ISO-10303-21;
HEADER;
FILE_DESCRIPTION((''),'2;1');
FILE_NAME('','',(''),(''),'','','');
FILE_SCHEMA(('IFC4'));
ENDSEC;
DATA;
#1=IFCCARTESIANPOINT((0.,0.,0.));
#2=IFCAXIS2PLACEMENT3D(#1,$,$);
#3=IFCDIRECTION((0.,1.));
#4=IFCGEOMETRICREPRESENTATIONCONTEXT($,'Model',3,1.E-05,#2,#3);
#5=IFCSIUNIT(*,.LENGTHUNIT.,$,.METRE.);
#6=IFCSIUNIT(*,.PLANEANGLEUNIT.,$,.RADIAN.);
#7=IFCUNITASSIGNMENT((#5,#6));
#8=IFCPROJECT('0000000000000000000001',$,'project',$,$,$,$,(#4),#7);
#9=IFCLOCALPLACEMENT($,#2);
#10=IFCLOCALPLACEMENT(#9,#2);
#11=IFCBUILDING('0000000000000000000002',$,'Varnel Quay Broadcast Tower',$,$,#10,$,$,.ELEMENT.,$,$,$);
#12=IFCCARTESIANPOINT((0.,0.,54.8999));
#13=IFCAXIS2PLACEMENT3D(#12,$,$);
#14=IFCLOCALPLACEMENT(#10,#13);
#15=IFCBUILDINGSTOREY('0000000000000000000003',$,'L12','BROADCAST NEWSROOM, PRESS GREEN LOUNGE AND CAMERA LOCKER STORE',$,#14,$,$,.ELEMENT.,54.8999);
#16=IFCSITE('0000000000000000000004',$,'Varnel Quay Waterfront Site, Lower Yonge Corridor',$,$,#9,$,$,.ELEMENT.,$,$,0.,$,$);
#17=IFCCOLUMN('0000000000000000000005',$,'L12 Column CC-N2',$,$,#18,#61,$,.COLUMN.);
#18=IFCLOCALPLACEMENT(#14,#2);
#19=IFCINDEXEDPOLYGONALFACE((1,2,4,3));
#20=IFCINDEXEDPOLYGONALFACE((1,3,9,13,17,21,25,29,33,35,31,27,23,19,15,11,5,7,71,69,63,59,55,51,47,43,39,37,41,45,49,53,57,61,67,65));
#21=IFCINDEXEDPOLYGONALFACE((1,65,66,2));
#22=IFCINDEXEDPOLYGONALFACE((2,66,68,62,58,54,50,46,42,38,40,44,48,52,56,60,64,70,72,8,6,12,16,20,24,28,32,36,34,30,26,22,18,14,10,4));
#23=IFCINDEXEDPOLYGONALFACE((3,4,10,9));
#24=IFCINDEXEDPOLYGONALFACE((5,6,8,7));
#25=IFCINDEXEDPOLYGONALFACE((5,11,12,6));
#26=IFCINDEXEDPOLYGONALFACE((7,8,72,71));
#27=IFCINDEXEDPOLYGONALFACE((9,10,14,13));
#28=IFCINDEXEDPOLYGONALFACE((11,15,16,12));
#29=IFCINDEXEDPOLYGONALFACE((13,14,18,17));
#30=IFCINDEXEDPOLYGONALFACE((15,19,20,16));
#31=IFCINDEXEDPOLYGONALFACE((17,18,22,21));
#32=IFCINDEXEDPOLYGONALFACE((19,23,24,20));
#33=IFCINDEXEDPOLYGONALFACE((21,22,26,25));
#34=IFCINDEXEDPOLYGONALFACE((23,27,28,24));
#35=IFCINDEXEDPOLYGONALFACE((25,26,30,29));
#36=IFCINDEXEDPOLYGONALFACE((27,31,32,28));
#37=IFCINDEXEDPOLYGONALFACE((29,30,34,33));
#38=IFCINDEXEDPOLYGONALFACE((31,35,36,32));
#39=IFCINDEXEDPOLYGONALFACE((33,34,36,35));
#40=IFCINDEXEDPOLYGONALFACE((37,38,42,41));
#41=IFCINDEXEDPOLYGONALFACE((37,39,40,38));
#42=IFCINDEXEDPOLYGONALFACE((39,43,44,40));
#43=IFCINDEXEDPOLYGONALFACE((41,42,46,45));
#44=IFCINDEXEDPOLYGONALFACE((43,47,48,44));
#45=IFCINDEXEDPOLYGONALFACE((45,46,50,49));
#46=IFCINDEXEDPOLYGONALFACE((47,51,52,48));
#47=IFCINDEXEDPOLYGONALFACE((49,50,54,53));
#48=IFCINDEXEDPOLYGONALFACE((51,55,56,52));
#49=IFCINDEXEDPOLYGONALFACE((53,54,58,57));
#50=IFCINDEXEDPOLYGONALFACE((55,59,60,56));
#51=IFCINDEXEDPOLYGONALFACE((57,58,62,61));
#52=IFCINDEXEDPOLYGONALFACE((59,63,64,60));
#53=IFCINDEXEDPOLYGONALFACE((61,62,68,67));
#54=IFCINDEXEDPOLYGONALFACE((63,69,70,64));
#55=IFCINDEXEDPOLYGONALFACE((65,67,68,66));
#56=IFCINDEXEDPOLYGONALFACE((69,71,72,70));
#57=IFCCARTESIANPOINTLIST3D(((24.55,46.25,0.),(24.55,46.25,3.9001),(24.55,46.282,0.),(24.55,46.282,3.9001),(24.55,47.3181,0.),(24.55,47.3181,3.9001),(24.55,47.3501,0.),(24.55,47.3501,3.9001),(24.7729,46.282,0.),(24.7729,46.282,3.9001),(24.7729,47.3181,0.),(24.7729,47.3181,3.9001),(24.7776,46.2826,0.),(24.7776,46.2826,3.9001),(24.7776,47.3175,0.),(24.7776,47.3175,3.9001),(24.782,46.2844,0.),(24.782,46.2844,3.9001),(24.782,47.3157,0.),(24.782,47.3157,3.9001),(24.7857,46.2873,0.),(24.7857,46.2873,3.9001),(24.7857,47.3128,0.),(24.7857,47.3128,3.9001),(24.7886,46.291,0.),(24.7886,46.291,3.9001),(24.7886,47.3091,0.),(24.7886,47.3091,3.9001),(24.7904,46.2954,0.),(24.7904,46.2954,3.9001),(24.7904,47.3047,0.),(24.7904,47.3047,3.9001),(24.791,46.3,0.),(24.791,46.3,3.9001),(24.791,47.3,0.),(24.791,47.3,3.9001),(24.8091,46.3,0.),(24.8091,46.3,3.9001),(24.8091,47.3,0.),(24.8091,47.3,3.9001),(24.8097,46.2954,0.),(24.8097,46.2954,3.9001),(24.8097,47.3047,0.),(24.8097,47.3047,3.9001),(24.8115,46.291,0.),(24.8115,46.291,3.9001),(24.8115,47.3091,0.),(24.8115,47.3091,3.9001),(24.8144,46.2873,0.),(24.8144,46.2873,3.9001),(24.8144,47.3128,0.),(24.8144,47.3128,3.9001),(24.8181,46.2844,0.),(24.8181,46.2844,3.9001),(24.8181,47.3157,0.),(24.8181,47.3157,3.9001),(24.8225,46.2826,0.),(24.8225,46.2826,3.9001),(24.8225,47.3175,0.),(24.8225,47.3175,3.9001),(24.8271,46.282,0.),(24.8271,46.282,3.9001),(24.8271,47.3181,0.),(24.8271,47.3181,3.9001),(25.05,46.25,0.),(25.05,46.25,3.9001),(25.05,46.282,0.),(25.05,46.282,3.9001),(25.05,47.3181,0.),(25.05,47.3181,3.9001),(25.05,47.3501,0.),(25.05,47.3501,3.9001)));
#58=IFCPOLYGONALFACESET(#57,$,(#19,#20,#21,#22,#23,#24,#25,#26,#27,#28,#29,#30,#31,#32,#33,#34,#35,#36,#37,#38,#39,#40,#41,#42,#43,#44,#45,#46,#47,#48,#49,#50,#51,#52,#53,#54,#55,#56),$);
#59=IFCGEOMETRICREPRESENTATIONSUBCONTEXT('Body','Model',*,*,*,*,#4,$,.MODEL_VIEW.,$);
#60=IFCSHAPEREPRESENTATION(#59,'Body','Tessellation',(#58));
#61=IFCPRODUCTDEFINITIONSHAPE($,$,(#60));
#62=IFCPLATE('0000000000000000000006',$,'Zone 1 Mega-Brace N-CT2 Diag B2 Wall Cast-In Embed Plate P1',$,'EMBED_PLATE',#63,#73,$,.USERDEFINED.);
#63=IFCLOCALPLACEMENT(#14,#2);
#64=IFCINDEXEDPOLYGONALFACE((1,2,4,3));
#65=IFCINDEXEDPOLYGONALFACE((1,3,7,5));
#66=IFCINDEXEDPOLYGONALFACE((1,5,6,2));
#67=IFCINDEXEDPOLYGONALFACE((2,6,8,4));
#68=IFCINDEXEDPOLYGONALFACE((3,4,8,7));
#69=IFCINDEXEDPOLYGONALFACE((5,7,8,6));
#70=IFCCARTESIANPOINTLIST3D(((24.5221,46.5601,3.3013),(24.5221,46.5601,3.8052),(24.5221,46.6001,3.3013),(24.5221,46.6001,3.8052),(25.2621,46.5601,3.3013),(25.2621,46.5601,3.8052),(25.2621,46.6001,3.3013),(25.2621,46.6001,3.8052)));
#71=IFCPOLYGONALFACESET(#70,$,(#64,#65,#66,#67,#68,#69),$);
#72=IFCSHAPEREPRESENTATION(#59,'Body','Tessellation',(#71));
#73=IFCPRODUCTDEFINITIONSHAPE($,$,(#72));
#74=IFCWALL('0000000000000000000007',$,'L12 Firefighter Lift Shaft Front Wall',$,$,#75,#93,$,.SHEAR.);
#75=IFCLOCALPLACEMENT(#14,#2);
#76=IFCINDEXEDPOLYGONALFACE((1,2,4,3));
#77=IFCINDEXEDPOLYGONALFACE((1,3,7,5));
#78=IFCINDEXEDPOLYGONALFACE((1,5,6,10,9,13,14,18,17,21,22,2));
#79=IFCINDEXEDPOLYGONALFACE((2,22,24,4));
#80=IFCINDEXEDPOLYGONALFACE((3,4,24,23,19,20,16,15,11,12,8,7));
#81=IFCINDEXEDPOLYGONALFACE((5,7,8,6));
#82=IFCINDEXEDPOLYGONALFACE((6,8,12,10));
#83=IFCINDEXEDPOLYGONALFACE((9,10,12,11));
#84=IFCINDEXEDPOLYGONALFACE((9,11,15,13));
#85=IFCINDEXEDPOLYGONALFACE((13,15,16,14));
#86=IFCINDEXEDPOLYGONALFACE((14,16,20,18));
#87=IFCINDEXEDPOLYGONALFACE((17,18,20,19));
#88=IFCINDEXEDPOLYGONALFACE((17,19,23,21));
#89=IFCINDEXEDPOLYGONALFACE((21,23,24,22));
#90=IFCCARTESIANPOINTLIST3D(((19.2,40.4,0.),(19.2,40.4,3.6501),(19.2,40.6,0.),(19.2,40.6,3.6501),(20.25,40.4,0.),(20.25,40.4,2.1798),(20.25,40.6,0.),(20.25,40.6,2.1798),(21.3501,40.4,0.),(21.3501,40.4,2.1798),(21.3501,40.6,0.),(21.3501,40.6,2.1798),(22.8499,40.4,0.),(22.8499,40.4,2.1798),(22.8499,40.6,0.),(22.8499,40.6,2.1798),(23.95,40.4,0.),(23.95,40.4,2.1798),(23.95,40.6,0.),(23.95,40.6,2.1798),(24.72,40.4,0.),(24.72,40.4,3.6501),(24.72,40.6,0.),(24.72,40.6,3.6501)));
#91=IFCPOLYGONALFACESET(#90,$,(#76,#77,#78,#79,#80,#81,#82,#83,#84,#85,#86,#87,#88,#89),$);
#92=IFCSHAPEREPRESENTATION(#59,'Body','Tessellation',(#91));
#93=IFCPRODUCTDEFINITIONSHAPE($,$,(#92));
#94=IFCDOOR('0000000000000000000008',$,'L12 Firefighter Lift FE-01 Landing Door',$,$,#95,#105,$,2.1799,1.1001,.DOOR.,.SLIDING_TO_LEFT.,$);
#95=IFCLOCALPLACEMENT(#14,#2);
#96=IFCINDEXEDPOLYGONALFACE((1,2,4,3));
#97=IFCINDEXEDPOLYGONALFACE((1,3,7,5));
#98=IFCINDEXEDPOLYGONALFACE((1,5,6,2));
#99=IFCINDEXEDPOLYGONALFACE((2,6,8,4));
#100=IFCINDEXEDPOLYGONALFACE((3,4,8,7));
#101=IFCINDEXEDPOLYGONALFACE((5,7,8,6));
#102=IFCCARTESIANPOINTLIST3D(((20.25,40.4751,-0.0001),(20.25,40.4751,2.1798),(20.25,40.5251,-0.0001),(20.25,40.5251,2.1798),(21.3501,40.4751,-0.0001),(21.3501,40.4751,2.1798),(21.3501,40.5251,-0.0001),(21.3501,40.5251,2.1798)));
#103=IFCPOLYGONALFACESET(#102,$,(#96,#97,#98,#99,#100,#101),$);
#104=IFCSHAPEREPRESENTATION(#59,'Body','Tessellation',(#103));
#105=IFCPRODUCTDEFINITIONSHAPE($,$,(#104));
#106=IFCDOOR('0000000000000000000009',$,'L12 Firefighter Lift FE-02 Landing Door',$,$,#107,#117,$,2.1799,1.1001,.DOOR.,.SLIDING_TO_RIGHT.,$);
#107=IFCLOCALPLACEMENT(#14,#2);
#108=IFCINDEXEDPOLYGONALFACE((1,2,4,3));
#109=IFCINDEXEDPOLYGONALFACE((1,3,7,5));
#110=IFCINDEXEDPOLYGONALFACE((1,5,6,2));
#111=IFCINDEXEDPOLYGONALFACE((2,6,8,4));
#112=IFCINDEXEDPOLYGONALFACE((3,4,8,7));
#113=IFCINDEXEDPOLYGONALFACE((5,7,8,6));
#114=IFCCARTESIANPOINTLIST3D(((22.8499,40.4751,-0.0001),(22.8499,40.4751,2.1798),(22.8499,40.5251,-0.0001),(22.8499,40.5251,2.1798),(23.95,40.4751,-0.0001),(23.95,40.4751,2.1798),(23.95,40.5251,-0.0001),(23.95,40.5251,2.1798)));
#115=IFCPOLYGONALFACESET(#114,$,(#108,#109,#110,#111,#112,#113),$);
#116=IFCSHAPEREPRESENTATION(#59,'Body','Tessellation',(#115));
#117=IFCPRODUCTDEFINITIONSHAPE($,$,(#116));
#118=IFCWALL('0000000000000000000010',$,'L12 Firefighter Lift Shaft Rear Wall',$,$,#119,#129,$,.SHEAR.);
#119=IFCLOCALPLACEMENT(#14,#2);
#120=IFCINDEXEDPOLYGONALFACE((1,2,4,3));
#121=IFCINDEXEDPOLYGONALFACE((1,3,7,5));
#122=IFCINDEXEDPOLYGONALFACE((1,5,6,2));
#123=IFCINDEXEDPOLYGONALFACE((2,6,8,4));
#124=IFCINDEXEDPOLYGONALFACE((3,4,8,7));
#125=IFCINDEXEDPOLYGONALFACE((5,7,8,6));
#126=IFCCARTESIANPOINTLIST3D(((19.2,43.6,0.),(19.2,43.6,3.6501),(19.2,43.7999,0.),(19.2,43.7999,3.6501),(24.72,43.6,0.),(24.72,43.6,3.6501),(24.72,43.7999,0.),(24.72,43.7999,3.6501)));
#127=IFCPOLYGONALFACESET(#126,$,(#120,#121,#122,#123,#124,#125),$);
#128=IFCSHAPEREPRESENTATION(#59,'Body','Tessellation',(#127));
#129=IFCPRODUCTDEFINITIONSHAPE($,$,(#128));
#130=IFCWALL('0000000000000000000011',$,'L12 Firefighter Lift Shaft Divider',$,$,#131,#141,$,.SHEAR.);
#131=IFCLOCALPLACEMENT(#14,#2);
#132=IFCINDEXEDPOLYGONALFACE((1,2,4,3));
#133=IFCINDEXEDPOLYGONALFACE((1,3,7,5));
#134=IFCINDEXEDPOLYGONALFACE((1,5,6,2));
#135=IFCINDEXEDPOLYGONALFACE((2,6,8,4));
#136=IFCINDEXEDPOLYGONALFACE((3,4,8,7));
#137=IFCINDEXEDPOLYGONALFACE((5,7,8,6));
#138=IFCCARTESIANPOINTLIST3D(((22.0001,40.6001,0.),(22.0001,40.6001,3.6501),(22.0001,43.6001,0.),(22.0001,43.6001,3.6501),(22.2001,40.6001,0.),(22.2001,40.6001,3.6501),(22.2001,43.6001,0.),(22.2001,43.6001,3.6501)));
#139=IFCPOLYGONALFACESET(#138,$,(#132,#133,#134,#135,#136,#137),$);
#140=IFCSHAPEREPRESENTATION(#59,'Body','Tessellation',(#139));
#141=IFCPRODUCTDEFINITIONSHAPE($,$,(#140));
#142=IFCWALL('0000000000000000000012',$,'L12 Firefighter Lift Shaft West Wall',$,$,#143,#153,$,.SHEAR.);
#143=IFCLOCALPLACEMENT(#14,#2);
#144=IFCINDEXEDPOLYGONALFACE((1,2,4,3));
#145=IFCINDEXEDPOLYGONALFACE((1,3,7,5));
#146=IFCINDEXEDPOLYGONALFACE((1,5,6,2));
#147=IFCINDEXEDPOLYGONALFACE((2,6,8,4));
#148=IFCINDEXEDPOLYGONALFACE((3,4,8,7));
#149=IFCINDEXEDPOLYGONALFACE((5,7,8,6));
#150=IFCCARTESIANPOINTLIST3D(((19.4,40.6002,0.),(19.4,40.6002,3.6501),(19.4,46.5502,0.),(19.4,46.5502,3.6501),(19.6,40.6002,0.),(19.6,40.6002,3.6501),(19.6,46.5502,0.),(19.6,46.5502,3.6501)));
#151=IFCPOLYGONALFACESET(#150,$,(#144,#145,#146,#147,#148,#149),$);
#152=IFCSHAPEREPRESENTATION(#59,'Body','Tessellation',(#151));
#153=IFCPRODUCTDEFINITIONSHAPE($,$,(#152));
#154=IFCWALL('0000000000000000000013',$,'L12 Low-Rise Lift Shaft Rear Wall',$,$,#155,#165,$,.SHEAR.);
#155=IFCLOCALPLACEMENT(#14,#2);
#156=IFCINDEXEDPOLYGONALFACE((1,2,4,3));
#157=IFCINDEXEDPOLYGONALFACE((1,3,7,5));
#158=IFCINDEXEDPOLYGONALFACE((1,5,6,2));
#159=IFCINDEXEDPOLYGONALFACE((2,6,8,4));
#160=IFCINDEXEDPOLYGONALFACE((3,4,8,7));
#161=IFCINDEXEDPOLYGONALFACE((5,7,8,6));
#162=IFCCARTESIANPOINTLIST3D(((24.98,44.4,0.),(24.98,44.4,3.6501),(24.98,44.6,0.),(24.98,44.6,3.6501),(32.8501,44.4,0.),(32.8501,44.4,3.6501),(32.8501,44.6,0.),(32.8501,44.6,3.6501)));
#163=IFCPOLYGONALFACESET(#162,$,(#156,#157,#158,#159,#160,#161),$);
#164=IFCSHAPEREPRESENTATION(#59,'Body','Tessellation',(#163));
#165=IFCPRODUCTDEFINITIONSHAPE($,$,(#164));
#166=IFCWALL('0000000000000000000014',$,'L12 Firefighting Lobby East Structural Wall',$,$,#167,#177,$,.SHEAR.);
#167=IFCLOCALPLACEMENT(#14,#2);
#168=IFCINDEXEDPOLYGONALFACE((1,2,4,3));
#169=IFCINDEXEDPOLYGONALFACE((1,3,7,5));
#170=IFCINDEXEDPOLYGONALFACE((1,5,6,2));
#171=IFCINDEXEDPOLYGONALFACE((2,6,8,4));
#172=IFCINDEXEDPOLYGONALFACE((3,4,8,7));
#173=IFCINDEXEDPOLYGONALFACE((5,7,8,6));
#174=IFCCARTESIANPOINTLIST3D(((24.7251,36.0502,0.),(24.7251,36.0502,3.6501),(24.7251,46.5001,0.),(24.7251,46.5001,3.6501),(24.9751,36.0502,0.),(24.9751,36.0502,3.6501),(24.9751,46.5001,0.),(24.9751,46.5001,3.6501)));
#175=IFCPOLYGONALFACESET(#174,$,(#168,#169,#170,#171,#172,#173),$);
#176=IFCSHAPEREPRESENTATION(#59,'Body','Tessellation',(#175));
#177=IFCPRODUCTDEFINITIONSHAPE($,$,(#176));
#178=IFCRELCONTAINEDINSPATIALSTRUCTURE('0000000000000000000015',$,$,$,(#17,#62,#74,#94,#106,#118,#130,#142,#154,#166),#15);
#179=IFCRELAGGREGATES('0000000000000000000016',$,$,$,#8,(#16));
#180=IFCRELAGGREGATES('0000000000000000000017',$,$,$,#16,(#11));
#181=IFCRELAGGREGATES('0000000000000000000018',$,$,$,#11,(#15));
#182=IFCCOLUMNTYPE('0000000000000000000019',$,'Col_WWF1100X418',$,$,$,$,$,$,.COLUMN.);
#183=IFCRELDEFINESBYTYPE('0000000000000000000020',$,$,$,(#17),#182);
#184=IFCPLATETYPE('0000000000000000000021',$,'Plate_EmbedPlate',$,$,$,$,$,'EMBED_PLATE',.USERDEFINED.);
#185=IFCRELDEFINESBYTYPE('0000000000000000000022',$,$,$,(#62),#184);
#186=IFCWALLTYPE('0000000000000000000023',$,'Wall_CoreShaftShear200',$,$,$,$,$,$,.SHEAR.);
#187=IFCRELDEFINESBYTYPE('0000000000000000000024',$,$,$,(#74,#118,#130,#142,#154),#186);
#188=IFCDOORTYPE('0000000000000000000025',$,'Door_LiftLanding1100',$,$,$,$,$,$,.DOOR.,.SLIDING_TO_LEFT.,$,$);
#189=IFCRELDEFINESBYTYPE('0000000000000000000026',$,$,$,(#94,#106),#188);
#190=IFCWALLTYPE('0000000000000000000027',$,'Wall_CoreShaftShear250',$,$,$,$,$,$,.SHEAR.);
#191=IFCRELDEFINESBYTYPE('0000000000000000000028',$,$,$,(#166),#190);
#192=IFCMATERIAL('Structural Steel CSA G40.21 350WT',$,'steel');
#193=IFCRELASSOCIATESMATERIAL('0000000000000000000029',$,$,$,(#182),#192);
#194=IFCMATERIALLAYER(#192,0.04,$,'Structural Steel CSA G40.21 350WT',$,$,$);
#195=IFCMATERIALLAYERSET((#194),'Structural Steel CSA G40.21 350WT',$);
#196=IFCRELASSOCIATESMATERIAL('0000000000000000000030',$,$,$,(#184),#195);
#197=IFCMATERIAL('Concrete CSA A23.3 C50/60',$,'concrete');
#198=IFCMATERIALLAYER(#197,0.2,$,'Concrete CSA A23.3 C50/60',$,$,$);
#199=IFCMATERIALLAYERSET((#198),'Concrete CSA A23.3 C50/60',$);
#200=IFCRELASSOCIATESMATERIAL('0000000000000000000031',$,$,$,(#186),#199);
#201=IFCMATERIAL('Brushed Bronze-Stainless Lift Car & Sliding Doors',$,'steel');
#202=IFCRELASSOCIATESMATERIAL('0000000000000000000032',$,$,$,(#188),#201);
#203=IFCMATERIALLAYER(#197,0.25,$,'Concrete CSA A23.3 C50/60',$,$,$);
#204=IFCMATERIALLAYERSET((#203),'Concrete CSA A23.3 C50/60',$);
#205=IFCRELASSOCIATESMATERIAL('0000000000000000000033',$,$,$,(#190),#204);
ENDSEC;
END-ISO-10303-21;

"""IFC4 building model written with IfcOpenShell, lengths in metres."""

from ifc_helpers import new_model, si_unit, direction, frame, frame_2d, origin, origin_2d, place, context, subcontext, project, spatial, rectangle, i_section, extrude, source, transform, mapped, material, layer, layer_set, material_profile, profile_set, type_object, type_shapes, element, fill, save


model = new_model("IFC4")

# Units and contexts
model_context = context("Model", 3, precision=1e-05, world=origin(), true_north=direction((0.0, 1.0)))
body_context = subcontext(model_context, "Body", "Model", "MODEL_VIEW")
ifc_project = project(units=[si_unit("LENGTHUNIT", "METRE"), si_unit("PLANEANGLEUNIT", "RADIAN")], contexts=[model_context])

# Site, building, storey
site_placement = place(None, origin())
site = spatial("IfcSite", under=ifc_project, at=site_placement, Name="Varnel Quay Waterfront Site, Lower Yonge Corridor", CompositionType="ELEMENT", RefElevation=0.0)
building_placement = place(site_placement, origin())
building = spatial("IfcBuilding", under=site, at=building_placement, Name="Varnel Quay Broadcast Tower", CompositionType="ELEMENT")
storey_placement = place(building_placement, frame((0.0, 0.0, 54.8999)))
storey = spatial("IfcBuildingStorey", under=building, at=storey_placement, Name="L12", Description="BROADCAST NEWSROOM, PRESS GREEN LOUNGE AND CAMERA LOCKER STORE", CompositionType="ELEMENT", Elevation=54.8999)

# Column
ifc_material_1 = material(Name="Structural Steel CSA G40.21 350WT", Category="steel")
ifc_material_profile = material_profile(ifc_material_1, i_section(OverallWidth=0.5, OverallDepth=1.1001, WebThickness=0.0181, FlangeThickness=0.032, FilletRadius=0.0181, at=origin_2d()), Name="WWF1100X418")
ifc_profile_set = profile_set([ifc_material_profile], Name="Structural Steel CSA G40.21 350WT")
column_type = type_object("IfcColumnType", Name="Col_WWF1100X418", PredefinedType="COLUMN", material=ifc_profile_set)
shared_shape_1 = source(origin(), body_context, "Body", "SweptSolid", [
    extrude(i_section(OverallWidth=0.5, OverallDepth=1.1001, WebThickness=0.0181, FlangeThickness=0.032, FilletRadius=0.0181, at=origin_2d()), origin(), (0.0, 0.0, 1.0), 3.9001),
])
type_shapes(column_type, [shared_shape_1])
column_placement = place(storey_placement, frame((24.8, 46.8, 0.0), z_axis=(0.0, 0.0, 1.0), x_axis=(1.0, 0.0, 0.0)))
element("IfcColumn", 1, at=column_placement, inside=storey, type_object=column_type, Name="L12 Column CC-N2", PredefinedType="COLUMN", context=body_context, shape_type="MappedRepresentation", body=[
    mapped(shared_shape_1, transform((0.0, 0.0, 0.0), x_axis=(1.0, 0.0, 0.0), y_axis=(0.0, 1.0, 0.0), z_axis=(0.0, 0.0, 1.0), scale=1.0)),
])

# Plate
ifc_layer_1 = layer(ifc_material_1, 0.04, Name="Structural Steel CSA G40.21 350WT")
ifc_layer_set_1 = layer_set([ifc_layer_1], Name="Structural Steel CSA G40.21 350WT")
plate_type = type_object("IfcPlateType", Name="Plate_EmbedPlate", ElementType="EMBED_PLATE", PredefinedType="USERDEFINED", material=ifc_layer_set_1)
shared_shape_2 = source(origin(), body_context, "Body", "SweptSolid", [
    extrude(rectangle(XDim=0.74, YDim=0.04, at=origin_2d()), origin(), (0.0, 0.0, 1.0), 0.5039),
])
type_shapes(plate_type, [shared_shape_2])
plate_placement = place(storey_placement, frame((24.8921, 46.5801, 3.3013), z_axis=(0.0, 0.0, 1.0), x_axis=(1.0, 0.0, 0.0)))
element("IfcPlate", 2, at=plate_placement, inside=storey, type_object=plate_type, Name="Zone 1 Mega-Brace N-CT2 Diag B2 Wall Cast-In Embed Plate P1", ObjectType="EMBED_PLATE", PredefinedType="USERDEFINED", context=body_context, shape_type="MappedRepresentation", body=[
    mapped(shared_shape_2, transform((0.0, 0.0, 0.0), x_axis=(1.0, 0.0, 0.0), y_axis=(0.0, 1.0, 0.0), z_axis=(0.0, 0.0, 1.0), scale=1.0)),
])

# Wall, openings, doors
ifc_material_2 = material(Name="Concrete CSA A23.3 C50/60", Category="concrete")
ifc_layer_2 = layer(ifc_material_2, 0.2, Name="Concrete CSA A23.3 C50/60")
ifc_layer_set_2 = layer_set([ifc_layer_2], Name="Concrete CSA A23.3 C50/60")
wall_type_1 = type_object("IfcWallType", Name="Wall_CoreShaftShear200", PredefinedType="SHEAR", material=ifc_layer_set_2)
wall_1_placement = place(storey_placement, frame((19.2, 40.5, 0.0), z_axis=(0.0, 0.0, 1.0), x_axis=(1.0, 0.0, 0.0)))
wall_1 = element("IfcWall", 3, at=wall_1_placement, inside=storey, type_object=wall_type_1, Name="L12 Firefighter Lift Shaft Front Wall", PredefinedType="SHEAR", context=body_context, shape_type="SweptSolid", body=[
    extrude(rectangle(XDim=5.52, YDim=0.2, at=frame_2d((2.76, 0.0))), origin(), (0.0, 0.0, 1.0), 3.6501),
])
opening_1_placement = place(wall_1_placement, frame((1.05, 0.0, 0.0)))
opening_1 = element("IfcOpeningElement", 4, at=opening_1_placement, cuts=wall_1, PredefinedType="OPENING", context=body_context, shape_type="SweptSolid", body=[
    extrude(rectangle(XDim=1.1001, YDim=2.1799, at=frame_2d((0.55, 1.0898))), frame((0.0, 0.1099, 0.0), z_axis=(0.0, -1.0, 0.0), x_axis=(1.0, 0.0, 0.0)), (0.0, 0.0, 1.0), 0.22),
])
opening_2_placement = place(wall_1_placement, frame((3.6499, 0.0, 0.0)))
opening_2 = element("IfcOpeningElement", 5, at=opening_2_placement, cuts=wall_1, PredefinedType="OPENING", context=body_context, shape_type="SweptSolid", body=[
    extrude(rectangle(XDim=1.1001, YDim=2.1799, at=frame_2d((0.55, 1.0898))), frame((0.0, 0.1099, 0.0), z_axis=(0.0, -1.0, 0.0), x_axis=(1.0, 0.0, 0.0)), (0.0, 0.0, 1.0), 0.22),
])
ifc_material_3 = material(Name="Brushed Bronze-Stainless Lift Car & Sliding Doors", Category="steel")
door_type = type_object("IfcDoorType", Name="Door_LiftLanding1100", OperationType="SLIDING_TO_LEFT", PredefinedType="DOOR", material=ifc_material_3)
shared_shape_3 = source(origin(), body_context, "Body", "SweptSolid", [
    extrude(rectangle(XDim=1.1001, YDim=2.1799, at=frame_2d((0.55, 1.0898))), frame((0.0, 0.0249, 0.0), z_axis=(0.0, -1.0, 0.0), x_axis=(1.0, 0.0, 0.0)), (0.0, 0.0, 1.0), 0.05),
])
type_shapes(door_type, [shared_shape_3])
door_1_placement = place(opening_1_placement, frame((1.1001, 0.0, 0.0), z_axis=(0.0, 0.0, 1.0), x_axis=(-1.0, 0.0, 0.0)))
door_1 = element("IfcDoor", 6, at=door_1_placement, inside=storey, type_object=door_type, Name="L12 Firefighter Lift FE-01 Landing Door", OperationType="SLIDING_TO_LEFT", OverallHeight=2.1799, OverallWidth=1.1001, PredefinedType="DOOR", context=body_context, shape_type="MappedRepresentation", body=[
    mapped(shared_shape_3, transform((0.0, 0.0, 0.0), x_axis=(1.0, 0.0, 0.0), y_axis=(0.0, 1.0, 0.0), z_axis=(0.0, 0.0, 1.0), scale=1.0)),
])
fill(opening_1, door_1)
door_2_placement = place(opening_2_placement, frame((1.1001, 0.0, 0.0), z_axis=(0.0, 0.0, 1.0), x_axis=(-1.0, 0.0, 0.0)))
door_2 = element("IfcDoor", 7, at=door_2_placement, inside=storey, type_object=door_type, Name="L12 Firefighter Lift FE-02 Landing Door", OperationType="SLIDING_TO_RIGHT", OverallHeight=2.1799, OverallWidth=1.1001, PredefinedType="DOOR", context=body_context, shape_type="MappedRepresentation", body=[
    mapped(shared_shape_3, transform((0.0, 0.0, 0.0), x_axis=(1.0, 0.0, 0.0), y_axis=(0.0, 1.0, 0.0), z_axis=(0.0, 0.0, 1.0), scale=1.0)),
])
fill(opening_2, door_2)

# Walls
wall_2_placement = place(storey_placement, frame((19.2, 43.7, 0.0), z_axis=(0.0, 0.0, 1.0), x_axis=(1.0, 0.0, 0.0)))
element("IfcWall", 8, at=wall_2_placement, inside=storey, type_object=wall_type_1, Name="L12 Firefighter Lift Shaft Rear Wall", PredefinedType="SHEAR", context=body_context, shape_type="SweptSolid", body=[
    extrude(rectangle(XDim=5.52, YDim=0.2, at=frame_2d((2.76, 0.0))), origin(), (0.0, 0.0, 1.0), 3.6501),
])
wall_3_placement = place(storey_placement, frame((22.1001, 40.6001, 0.0), z_axis=(0.0, 0.0, 1.0), x_axis=(0.0, 1.0, 0.0)))
element("IfcWall", 9, at=wall_3_placement, inside=storey, type_object=wall_type_1, Name="L12 Firefighter Lift Shaft Divider", PredefinedType="SHEAR", context=body_context, shape_type="SweptSolid", body=[
    extrude(rectangle(XDim=3.0, YDim=0.2, at=frame_2d((1.5, 0.0))), origin(), (0.0, 0.0, 1.0), 3.6501),
])
wall_4_placement = place(storey_placement, frame((19.5, 40.6001, 0.0), z_axis=(0.0, 0.0, 1.0), x_axis=(0.0, 1.0, 0.0)))
element("IfcWall", 10, at=wall_4_placement, inside=storey, type_object=wall_type_1, Name="L12 Firefighter Lift Shaft West Wall", PredefinedType="SHEAR", context=body_context, shape_type="SweptSolid", body=[
    extrude(rectangle(XDim=5.95, YDim=0.2, at=frame_2d((2.9751, 0.0))), origin(), (0.0, 0.0, 1.0), 3.6501),
])
wall_5_placement = place(storey_placement, frame((24.98, 44.5, 0.0), z_axis=(0.0, 0.0, 1.0), x_axis=(1.0, 0.0, 0.0)))
element("IfcWall", 11, at=wall_5_placement, inside=storey, type_object=wall_type_1, Name="L12 Low-Rise Lift Shaft Rear Wall", PredefinedType="SHEAR", context=body_context, shape_type="SweptSolid", body=[
    extrude(rectangle(XDim=7.8701, YDim=0.2, at=frame_2d((3.9351, 0.0))), origin(), (0.0, 0.0, 1.0), 3.6501),
])
ifc_layer_3 = layer(ifc_material_2, 0.25, Name="Concrete CSA A23.3 C50/60")
ifc_layer_set_3 = layer_set([ifc_layer_3], Name="Concrete CSA A23.3 C50/60")
wall_type_2 = type_object("IfcWallType", Name="Wall_CoreShaftShear250", PredefinedType="SHEAR", material=ifc_layer_set_3)
wall_6_placement = place(storey_placement, frame((24.8501, 36.05, 0.0), z_axis=(0.0, 0.0, 1.0), x_axis=(0.0, 1.0, 0.0)))
element("IfcWall", 12, at=wall_6_placement, inside=storey, type_object=wall_type_2, Name="L12 Firefighting Lobby East Structural Wall", PredefinedType="SHEAR", context=body_context, shape_type="SweptSolid", body=[
    extrude(rectangle(XDim=10.45, YDim=0.25, at=frame_2d((5.2251, 0.0))), origin(), (0.0, 0.0, 1.0), 3.6501),
])

save(model, "model.ifc")
